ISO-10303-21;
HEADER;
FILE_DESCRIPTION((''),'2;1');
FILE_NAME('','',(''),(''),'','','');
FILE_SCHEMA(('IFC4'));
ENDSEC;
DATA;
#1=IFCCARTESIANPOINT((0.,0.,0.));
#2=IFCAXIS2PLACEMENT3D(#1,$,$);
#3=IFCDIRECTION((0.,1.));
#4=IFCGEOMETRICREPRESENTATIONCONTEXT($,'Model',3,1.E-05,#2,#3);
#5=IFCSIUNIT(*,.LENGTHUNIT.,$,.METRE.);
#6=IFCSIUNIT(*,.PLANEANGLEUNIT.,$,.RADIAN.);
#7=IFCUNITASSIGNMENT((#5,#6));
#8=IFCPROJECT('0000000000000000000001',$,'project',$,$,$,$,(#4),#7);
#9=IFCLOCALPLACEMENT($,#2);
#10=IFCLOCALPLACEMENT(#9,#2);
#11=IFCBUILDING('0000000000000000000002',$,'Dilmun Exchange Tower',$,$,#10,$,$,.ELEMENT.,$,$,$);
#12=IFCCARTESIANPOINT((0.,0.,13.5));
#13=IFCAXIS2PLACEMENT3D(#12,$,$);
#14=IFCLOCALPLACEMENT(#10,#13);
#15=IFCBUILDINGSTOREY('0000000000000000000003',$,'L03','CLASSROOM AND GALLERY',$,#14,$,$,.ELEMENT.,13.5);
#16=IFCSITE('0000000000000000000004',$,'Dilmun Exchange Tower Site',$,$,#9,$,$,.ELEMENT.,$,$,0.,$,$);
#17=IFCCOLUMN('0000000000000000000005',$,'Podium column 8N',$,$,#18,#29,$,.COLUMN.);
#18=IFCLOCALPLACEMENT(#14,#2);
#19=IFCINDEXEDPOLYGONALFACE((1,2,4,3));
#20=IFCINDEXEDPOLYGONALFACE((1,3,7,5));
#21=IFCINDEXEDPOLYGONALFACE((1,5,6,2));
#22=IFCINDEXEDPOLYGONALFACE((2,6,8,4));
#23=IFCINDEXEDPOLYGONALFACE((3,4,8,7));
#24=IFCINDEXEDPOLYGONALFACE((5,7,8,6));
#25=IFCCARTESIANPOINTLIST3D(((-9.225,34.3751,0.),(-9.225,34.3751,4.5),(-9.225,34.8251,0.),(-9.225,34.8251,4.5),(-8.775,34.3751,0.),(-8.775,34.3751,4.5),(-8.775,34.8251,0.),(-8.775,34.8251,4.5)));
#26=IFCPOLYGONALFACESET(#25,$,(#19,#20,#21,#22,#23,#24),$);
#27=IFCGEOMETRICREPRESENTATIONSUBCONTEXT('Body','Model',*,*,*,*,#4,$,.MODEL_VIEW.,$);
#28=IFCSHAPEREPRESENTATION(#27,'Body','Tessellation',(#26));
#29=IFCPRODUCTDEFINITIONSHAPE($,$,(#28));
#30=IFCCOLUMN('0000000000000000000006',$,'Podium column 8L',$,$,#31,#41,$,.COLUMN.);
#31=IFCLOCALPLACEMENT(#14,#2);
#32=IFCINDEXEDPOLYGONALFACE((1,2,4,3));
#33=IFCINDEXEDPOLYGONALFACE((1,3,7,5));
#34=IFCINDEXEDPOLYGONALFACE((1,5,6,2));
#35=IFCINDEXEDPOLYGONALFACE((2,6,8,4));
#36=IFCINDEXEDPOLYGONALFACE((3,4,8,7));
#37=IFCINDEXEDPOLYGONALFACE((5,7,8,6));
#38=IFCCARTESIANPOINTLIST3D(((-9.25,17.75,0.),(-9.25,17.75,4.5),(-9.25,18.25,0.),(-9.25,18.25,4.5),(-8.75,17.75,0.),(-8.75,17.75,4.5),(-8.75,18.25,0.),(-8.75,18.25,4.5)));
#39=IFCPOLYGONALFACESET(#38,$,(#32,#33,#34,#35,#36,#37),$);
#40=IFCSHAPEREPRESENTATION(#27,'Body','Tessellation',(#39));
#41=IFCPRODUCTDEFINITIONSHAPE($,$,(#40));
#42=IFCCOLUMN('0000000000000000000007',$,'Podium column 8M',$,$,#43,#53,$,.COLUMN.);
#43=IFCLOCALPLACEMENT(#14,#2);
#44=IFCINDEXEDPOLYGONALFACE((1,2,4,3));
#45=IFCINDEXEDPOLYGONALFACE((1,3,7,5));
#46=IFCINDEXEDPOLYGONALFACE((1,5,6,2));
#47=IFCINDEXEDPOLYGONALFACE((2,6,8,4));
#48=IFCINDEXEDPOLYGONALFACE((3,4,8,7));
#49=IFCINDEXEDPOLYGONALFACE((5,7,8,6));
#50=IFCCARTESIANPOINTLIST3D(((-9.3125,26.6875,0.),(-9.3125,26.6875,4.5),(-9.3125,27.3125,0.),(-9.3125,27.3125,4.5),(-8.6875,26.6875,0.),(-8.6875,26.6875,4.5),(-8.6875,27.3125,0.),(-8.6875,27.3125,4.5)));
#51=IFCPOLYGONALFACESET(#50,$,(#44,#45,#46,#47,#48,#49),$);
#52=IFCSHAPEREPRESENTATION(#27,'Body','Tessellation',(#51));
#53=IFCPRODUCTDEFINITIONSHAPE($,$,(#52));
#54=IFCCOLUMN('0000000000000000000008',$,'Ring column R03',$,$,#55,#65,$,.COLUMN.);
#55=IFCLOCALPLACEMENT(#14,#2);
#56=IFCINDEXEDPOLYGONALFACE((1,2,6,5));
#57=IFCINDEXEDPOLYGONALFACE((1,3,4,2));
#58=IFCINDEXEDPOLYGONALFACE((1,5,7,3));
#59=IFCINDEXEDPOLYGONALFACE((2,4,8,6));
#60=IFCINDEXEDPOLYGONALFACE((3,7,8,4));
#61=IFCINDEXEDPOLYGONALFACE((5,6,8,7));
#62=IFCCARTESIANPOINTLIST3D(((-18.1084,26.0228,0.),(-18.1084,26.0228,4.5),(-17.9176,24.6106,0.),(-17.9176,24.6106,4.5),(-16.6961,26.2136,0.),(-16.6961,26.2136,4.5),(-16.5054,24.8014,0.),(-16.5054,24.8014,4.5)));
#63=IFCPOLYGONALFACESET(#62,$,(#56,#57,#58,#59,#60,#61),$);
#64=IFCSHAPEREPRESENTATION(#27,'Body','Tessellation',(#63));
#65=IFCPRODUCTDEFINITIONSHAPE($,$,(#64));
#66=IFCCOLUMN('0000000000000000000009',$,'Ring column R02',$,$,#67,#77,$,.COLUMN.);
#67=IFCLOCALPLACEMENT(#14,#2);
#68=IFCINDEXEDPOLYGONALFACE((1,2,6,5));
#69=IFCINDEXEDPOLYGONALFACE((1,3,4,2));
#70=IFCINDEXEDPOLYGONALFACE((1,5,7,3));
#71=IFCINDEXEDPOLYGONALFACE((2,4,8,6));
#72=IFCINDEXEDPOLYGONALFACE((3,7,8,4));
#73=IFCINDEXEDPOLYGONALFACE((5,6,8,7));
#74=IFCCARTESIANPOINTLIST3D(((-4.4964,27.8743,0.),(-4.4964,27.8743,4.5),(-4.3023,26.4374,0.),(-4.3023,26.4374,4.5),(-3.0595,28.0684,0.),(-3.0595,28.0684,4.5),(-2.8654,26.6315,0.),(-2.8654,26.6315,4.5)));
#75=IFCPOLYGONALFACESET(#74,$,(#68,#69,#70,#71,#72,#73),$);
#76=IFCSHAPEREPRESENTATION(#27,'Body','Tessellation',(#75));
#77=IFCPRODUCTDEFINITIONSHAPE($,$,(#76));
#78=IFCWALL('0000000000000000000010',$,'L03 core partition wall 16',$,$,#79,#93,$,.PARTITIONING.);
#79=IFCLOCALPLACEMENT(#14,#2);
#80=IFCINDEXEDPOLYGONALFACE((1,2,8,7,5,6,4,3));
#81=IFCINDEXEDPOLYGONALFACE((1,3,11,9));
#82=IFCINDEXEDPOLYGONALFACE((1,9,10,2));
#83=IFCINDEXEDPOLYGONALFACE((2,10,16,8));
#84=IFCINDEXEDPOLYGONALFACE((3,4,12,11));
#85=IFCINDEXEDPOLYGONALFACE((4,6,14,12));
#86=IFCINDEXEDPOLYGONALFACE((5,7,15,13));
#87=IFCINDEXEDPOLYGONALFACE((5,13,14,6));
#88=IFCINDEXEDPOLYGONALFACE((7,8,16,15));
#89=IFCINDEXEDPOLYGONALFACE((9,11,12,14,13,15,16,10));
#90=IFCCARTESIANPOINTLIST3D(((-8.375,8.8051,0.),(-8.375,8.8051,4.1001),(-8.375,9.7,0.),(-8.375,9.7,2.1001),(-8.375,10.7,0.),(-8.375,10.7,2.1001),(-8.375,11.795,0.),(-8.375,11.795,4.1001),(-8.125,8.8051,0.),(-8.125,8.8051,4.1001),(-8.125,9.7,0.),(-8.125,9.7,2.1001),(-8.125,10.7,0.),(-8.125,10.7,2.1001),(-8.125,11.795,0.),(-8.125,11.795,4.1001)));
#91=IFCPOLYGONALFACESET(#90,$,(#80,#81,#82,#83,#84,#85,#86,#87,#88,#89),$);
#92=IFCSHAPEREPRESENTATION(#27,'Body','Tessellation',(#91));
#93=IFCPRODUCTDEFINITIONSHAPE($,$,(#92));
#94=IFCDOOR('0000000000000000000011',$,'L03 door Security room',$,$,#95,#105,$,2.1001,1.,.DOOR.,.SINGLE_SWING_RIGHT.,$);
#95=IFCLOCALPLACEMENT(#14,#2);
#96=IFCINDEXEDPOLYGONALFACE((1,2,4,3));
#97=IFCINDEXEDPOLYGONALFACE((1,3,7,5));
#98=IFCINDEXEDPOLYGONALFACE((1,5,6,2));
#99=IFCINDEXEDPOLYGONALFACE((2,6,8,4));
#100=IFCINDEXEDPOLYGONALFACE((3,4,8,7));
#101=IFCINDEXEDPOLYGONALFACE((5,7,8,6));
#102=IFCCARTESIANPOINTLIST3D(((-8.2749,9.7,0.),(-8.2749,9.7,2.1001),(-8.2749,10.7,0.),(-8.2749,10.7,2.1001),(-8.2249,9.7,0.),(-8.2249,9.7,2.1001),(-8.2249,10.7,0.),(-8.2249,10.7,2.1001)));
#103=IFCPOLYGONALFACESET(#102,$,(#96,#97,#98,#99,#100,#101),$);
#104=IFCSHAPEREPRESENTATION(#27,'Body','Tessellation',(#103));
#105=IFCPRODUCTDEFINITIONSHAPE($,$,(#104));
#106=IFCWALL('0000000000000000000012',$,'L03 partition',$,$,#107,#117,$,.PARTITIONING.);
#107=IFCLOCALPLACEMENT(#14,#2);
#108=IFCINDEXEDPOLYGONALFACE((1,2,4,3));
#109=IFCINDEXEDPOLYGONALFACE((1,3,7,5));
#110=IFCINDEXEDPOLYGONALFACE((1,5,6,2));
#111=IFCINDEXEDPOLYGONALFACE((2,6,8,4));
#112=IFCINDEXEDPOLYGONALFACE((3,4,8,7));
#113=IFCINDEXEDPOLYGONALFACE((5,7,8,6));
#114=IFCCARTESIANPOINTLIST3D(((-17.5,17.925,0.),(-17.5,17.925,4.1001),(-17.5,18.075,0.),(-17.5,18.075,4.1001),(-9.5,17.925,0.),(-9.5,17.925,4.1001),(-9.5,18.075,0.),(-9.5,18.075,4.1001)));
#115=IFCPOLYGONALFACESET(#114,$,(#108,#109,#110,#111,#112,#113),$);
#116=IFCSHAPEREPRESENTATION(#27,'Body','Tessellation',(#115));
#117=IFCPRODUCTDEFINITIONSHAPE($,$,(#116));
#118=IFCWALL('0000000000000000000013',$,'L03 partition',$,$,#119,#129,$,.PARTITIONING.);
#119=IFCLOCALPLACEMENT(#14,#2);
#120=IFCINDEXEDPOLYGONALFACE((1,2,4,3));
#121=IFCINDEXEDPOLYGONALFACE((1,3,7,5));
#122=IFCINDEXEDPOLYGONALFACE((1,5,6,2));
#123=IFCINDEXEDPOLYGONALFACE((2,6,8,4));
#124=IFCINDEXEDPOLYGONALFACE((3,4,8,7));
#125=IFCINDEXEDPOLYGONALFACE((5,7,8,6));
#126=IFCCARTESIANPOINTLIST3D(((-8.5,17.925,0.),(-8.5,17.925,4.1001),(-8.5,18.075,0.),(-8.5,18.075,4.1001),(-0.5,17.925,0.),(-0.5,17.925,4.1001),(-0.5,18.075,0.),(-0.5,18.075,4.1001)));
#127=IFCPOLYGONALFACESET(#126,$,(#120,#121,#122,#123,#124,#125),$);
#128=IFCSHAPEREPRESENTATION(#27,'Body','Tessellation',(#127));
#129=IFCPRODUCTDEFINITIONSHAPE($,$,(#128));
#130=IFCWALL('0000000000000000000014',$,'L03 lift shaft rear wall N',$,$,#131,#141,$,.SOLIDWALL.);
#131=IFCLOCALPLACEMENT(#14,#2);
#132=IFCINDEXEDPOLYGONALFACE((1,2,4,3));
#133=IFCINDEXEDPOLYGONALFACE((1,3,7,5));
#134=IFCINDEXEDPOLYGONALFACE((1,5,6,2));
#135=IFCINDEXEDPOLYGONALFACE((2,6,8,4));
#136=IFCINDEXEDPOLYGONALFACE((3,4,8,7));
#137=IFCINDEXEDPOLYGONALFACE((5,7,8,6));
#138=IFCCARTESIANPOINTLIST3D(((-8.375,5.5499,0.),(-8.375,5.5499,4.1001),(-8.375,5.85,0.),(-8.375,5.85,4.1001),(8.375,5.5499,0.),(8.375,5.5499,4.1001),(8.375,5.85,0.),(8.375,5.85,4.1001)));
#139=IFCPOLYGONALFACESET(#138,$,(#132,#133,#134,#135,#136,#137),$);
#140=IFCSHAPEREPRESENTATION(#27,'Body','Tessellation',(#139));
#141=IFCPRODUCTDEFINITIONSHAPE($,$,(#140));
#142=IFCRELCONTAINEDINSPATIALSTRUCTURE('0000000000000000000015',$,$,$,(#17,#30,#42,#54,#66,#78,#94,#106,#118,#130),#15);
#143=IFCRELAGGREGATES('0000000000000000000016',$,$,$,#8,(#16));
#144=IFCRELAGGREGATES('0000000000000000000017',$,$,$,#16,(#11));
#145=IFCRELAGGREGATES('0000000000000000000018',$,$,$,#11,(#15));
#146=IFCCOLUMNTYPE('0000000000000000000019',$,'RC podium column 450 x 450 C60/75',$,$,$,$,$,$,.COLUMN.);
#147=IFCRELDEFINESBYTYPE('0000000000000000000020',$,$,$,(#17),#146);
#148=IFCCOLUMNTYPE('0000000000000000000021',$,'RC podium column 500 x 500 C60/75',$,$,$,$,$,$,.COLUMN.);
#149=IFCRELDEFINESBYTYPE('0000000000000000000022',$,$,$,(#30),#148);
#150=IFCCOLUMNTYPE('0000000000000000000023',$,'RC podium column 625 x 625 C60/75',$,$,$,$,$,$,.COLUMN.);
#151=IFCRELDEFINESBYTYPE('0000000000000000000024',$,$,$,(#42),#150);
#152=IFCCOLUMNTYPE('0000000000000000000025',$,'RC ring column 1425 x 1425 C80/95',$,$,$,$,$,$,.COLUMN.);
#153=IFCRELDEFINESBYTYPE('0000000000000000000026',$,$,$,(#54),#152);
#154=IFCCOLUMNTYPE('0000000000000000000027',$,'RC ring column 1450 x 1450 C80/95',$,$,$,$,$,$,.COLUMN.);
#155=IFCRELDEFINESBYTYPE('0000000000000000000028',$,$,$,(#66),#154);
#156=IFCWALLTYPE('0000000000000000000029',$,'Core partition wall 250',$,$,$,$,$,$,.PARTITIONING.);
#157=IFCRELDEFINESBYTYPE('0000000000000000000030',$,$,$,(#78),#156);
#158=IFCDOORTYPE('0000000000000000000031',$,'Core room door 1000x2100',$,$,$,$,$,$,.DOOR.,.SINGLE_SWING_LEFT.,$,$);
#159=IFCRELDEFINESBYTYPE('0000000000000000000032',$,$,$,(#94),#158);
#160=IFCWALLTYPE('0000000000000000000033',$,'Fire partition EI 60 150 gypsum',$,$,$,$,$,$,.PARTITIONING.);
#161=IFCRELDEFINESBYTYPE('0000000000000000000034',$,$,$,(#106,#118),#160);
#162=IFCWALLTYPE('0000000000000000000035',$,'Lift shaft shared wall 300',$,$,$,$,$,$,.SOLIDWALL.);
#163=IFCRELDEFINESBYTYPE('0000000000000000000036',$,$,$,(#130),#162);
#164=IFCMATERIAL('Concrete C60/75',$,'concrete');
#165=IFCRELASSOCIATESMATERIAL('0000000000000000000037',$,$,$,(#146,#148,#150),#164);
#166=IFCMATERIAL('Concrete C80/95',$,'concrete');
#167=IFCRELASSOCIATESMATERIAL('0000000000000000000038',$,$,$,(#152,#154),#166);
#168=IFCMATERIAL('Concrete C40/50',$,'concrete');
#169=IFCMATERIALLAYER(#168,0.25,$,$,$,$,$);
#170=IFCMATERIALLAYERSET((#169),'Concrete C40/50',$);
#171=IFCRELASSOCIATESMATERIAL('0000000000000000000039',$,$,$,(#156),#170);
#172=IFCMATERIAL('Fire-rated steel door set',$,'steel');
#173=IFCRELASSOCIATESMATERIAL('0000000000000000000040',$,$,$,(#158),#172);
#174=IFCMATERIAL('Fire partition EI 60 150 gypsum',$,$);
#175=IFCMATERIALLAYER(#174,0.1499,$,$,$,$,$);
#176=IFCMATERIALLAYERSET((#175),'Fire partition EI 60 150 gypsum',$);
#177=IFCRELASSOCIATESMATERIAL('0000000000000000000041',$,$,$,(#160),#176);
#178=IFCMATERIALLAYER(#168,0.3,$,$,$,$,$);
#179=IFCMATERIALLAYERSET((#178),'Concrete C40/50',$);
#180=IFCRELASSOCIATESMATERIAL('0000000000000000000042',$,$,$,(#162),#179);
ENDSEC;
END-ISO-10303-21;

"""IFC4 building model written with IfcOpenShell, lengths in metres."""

from ifc_helpers import new_model, si_unit, direction, frame, frame_2d, origin, origin_2d, place, context, subcontext, project, spatial, rectangle, extrude, material, layer, layer_set, material_profile, profile_set, type_object, element, fill, save


model = new_model("IFC4")

# Units and contexts
model_context = context("Model", 3, precision=1e-05, world=origin(), true_north=direction((0.0, 1.0)))
body_context = subcontext(model_context, "Body", "Model", "MODEL_VIEW")
ifc_project = project(units=[si_unit("LENGTHUNIT", "METRE"), si_unit("PLANEANGLEUNIT", "RADIAN")], contexts=[model_context])

# Site, building, storey
site_placement = place(None, origin())
site = spatial("IfcSite", under=ifc_project, at=site_placement, Name="Dilmun Exchange Tower Site", CompositionType="ELEMENT", RefElevation=0.0)
building_placement = place(site_placement, origin())
building = spatial("IfcBuilding", under=site, at=building_placement, Name="Dilmun Exchange Tower", CompositionType="ELEMENT")
storey_placement = place(building_placement, frame((0.0, 0.0, 13.5)))
storey = spatial("IfcBuildingStorey", under=building, at=storey_placement, Name="L03", Description="CLASSROOM AND GALLERY", CompositionType="ELEMENT", Elevation=13.5)

# Columns
ifc_material_1 = material(Name="Concrete C60/75", Category="concrete")
ifc_material_profile_1 = material_profile(ifc_material_1, rectangle(XDim=0.45, YDim=0.45, at=origin_2d()), Name="450 x 450")
ifc_profile_set_1 = profile_set([ifc_material_profile_1], Name="Concrete C60/75")
column_type_1 = type_object("IfcColumnType", Name="RC podium column 450 x 450 C60/75", PredefinedType="COLUMN", material=ifc_profile_set_1)
column_1_placement = place(storey_placement, frame((-9.0, 34.6001, 0.0), z_axis=(0.0, 0.0, 1.0), x_axis=(1.0, 0.0, 0.0)))
element("IfcColumn", 1, at=column_1_placement, inside=storey, type_object=column_type_1, Name="Podium column 8N", PredefinedType="COLUMN", context=body_context, shape_type="SweptSolid", body=[
    extrude(rectangle(XDim=0.45, YDim=0.45, at=origin_2d()), origin(), (0.0, 0.0, 1.0), 4.5),
])
ifc_material_profile_2 = material_profile(ifc_material_1, rectangle(XDim=0.5, YDim=0.5, at=origin_2d()), Name="500 x 500")
ifc_profile_set_2 = profile_set([ifc_material_profile_2], Name="Concrete C60/75")
column_type_2 = type_object("IfcColumnType", Name="RC podium column 500 x 500 C60/75", PredefinedType="COLUMN", material=ifc_profile_set_2)
column_2_placement = place(storey_placement, frame((-9.0, 18.0, 0.0), z_axis=(0.0, 0.0, 1.0), x_axis=(1.0, 0.0, 0.0)))
element("IfcColumn", 2, at=column_2_placement, inside=storey, type_object=column_type_2, Name="Podium column 8L", PredefinedType="COLUMN", context=body_context, shape_type="SweptSolid", body=[
    extrude(rectangle(XDim=0.5, YDim=0.5, at=origin_2d()), origin(), (0.0, 0.0, 1.0), 4.5),
])
ifc_material_profile_3 = material_profile(ifc_material_1, rectangle(XDim=0.625, YDim=0.625, at=origin_2d()), Name="625 x 625")
ifc_profile_set_3 = profile_set([ifc_material_profile_3], Name="Concrete C60/75")
column_type_3 = type_object("IfcColumnType", Name="RC podium column 625 x 625 C60/75", PredefinedType="COLUMN", material=ifc_profile_set_3)
column_3_placement = place(storey_placement, frame((-9.0, 27.0, 0.0), z_axis=(0.0, 0.0, 1.0), x_axis=(1.0, 0.0, 0.0)))
element("IfcColumn", 3, at=column_3_placement, inside=storey, type_object=column_type_3, Name="Podium column 8M", PredefinedType="COLUMN", context=body_context, shape_type="SweptSolid", body=[
    extrude(rectangle(XDim=0.625, YDim=0.625, at=origin_2d()), origin(), (0.0, 0.0, 1.0), 4.5),
])
ifc_material_2 = material(Name="Concrete C80/95", Category="concrete")
ifc_material_profile_4 = material_profile(ifc_material_2, rectangle(XDim=1.425, YDim=1.425, at=origin_2d()), Name="1425 x 1425")
ifc_profile_set_4 = profile_set([ifc_material_profile_4], Name="Concrete C80/95")
column_type_4 = type_object("IfcColumnType", Name="RC ring column 1425 x 1425 C80/95", PredefinedType="COLUMN", material=ifc_profile_set_4)
column_4_placement = place(storey_placement, frame((-17.3069, 25.4121, 0.0), z_axis=(0.0, 0.0, 1.0), x_axis=(0.991001, 0.133853, 0.0)))
element("IfcColumn", 4, at=column_4_placement, inside=storey, type_object=column_type_4, Name="Ring column R03", PredefinedType="COLUMN", context=body_context, shape_type="SweptSolid", body=[
    extrude(rectangle(XDim=1.425, YDim=1.425, at=origin_2d()), origin(), (0.0, 0.0, 1.0), 4.5),
])
ifc_material_profile_5 = material_profile(ifc_material_2, rectangle(XDim=1.45, YDim=1.45, at=origin_2d()), Name="1450 x 1450")
ifc_profile_set_5 = profile_set([ifc_material_profile_5], Name="Concrete C80/95")
column_type_5 = type_object("IfcColumnType", Name="RC ring column 1450 x 1450 C80/95", PredefinedType="COLUMN", material=ifc_profile_set_5)
column_5_placement = place(storey_placement, frame((-3.6809, 27.2529, 0.0), z_axis=(0.0, 0.0, 1.0), x_axis=(0.991001, 0.133853, 0.0)))
element("IfcColumn", 5, at=column_5_placement, inside=storey, type_object=column_type_5, Name="Ring column R02", PredefinedType="COLUMN", context=body_context, shape_type="SweptSolid", body=[
    extrude(rectangle(XDim=1.45, YDim=1.45, at=origin_2d()), origin(), (0.0, 0.0, 1.0), 4.5),
])

# Wall, opening, door
ifc_material_3 = material(Name="Concrete C40/50", Category="concrete")
ifc_layer_1 = layer(ifc_material_3, 0.25)
ifc_layer_set_1 = layer_set([ifc_layer_1], Name="Concrete C40/50")
wall_type_1 = type_object("IfcWallType", Name="Core partition wall 250", PredefinedType="PARTITIONING", material=ifc_layer_set_1)
wall_1_placement = place(storey_placement, frame((-8.25, 8.8049, 0.0), z_axis=(0.0, 0.0, 1.0), x_axis=(0.0, 1.0, 0.0)))
wall_1 = element("IfcWall", 6, at=wall_1_placement, inside=storey, type_object=wall_type_1, Name="L03 core partition wall 16", PredefinedType="PARTITIONING", context=body_context, shape_type="SweptSolid", body=[
    extrude(rectangle(XDim=2.99, YDim=0.25, at=frame_2d((1.4951, 0.0))), origin(), (0.0, 0.0, 1.0), 4.1001),
])
opening_1_placement = place(wall_1_placement, frame((0.895, 0.0, 0.0)))
opening_1 = element("IfcOpeningElement", 7, at=opening_1_placement, cuts=wall_1, PredefinedType="OPENING", context=body_context, shape_type="SweptSolid", body=[
    extrude(rectangle(XDim=1.0, YDim=2.1001, at=frame_2d((0.5, 1.05))), frame((0.0, 0.135, 0.0), z_axis=(0.0, -1.0, 0.0), x_axis=(1.0, 0.0, 0.0)), (0.0, 0.0, 1.0), 0.27),
])
ifc_material_4 = material(Name="Fire-rated steel door set", Category="steel")
door_type_1 = type_object("IfcDoorType", Name="Core room door 1000x2100", OperationType="SINGLE_SWING_LEFT", PredefinedType="DOOR", material=ifc_material_4)
door_1_placement = place(opening_1_placement, origin())
door_1 = element("IfcDoor", 8, at=door_1_placement, inside=storey, type_object=door_type_1, Name="L03 door Security room", OperationType="SINGLE_SWING_RIGHT", OverallHeight=2.1001, OverallWidth=1.0, PredefinedType="DOOR", context=body_context, shape_type="SweptSolid", body=[
    extrude(rectangle(XDim=1.0, YDim=2.1001, at=frame_2d((0.5, 1.05))), frame((0.0, 0.0249, 0.0), z_axis=(0.0, -1.0, 0.0), x_axis=(1.0, 0.0, 0.0)), (0.0, 0.0, 1.0), 0.05),
])
fill(opening_1, door_1)

# Walls
ifc_material_5 = material(Name="Fire partition EI 60 150 gypsum")
ifc_layer_2 = layer(ifc_material_5, 0.1499)
ifc_layer_set_2 = layer_set([ifc_layer_2], Name="Fire partition EI 60 150 gypsum")
wall_type_2 = type_object("IfcWallType", Name="Fire partition EI 60 150 gypsum", PredefinedType="PARTITIONING", material=ifc_layer_set_2)
for number, where, z_axis, x_axis, name in (
    (9, (-17.5, 18.0, 0.0), (0.0, 0.0, 1.0), (1.0, 0.0, 0.0), "L03 partition"),
    (10, (-8.5, 18.0, 0.0), (0.0, 0.0, 1.0), (1.0, 0.0, 0.0), "L03 partition"),
):
    element("IfcWall", number, at=place(storey_placement, frame(where, z_axis=z_axis, x_axis=x_axis)), inside=storey, type_object=wall_type_2, Name=name, PredefinedType="PARTITIONING", context=body_context, shape_type="SweptSolid", body=[
        extrude(rectangle(XDim=8.0, YDim=0.1499, at=frame_2d((4.0, 0.0))), origin(), (0.0, 0.0, 1.0), 4.1001),
    ])
ifc_layer_3 = layer(ifc_material_3, 0.3)
ifc_layer_set_3 = layer_set([ifc_layer_3], Name="Concrete C40/50")
wall_type_3 = type_object("IfcWallType", Name="Lift shaft shared wall 300", PredefinedType="SOLIDWALL", material=ifc_layer_set_3)
wall_2_placement = place(storey_placement, frame((-8.375, 5.7, 0.0), z_axis=(0.0, 0.0, 1.0), x_axis=(1.0, 0.0, 0.0)))
element("IfcWall", 11, at=wall_2_placement, inside=storey, type_object=wall_type_3, Name="L03 lift shaft rear wall N", PredefinedType="SOLIDWALL", context=body_context, shape_type="SweptSolid", body=[
    extrude(rectangle(XDim=16.75, YDim=0.3, at=frame_2d((8.375, 0.0))), origin(), (0.0, 0.0, 1.0), 4.1001),
])

save(model, "model.ifc")
